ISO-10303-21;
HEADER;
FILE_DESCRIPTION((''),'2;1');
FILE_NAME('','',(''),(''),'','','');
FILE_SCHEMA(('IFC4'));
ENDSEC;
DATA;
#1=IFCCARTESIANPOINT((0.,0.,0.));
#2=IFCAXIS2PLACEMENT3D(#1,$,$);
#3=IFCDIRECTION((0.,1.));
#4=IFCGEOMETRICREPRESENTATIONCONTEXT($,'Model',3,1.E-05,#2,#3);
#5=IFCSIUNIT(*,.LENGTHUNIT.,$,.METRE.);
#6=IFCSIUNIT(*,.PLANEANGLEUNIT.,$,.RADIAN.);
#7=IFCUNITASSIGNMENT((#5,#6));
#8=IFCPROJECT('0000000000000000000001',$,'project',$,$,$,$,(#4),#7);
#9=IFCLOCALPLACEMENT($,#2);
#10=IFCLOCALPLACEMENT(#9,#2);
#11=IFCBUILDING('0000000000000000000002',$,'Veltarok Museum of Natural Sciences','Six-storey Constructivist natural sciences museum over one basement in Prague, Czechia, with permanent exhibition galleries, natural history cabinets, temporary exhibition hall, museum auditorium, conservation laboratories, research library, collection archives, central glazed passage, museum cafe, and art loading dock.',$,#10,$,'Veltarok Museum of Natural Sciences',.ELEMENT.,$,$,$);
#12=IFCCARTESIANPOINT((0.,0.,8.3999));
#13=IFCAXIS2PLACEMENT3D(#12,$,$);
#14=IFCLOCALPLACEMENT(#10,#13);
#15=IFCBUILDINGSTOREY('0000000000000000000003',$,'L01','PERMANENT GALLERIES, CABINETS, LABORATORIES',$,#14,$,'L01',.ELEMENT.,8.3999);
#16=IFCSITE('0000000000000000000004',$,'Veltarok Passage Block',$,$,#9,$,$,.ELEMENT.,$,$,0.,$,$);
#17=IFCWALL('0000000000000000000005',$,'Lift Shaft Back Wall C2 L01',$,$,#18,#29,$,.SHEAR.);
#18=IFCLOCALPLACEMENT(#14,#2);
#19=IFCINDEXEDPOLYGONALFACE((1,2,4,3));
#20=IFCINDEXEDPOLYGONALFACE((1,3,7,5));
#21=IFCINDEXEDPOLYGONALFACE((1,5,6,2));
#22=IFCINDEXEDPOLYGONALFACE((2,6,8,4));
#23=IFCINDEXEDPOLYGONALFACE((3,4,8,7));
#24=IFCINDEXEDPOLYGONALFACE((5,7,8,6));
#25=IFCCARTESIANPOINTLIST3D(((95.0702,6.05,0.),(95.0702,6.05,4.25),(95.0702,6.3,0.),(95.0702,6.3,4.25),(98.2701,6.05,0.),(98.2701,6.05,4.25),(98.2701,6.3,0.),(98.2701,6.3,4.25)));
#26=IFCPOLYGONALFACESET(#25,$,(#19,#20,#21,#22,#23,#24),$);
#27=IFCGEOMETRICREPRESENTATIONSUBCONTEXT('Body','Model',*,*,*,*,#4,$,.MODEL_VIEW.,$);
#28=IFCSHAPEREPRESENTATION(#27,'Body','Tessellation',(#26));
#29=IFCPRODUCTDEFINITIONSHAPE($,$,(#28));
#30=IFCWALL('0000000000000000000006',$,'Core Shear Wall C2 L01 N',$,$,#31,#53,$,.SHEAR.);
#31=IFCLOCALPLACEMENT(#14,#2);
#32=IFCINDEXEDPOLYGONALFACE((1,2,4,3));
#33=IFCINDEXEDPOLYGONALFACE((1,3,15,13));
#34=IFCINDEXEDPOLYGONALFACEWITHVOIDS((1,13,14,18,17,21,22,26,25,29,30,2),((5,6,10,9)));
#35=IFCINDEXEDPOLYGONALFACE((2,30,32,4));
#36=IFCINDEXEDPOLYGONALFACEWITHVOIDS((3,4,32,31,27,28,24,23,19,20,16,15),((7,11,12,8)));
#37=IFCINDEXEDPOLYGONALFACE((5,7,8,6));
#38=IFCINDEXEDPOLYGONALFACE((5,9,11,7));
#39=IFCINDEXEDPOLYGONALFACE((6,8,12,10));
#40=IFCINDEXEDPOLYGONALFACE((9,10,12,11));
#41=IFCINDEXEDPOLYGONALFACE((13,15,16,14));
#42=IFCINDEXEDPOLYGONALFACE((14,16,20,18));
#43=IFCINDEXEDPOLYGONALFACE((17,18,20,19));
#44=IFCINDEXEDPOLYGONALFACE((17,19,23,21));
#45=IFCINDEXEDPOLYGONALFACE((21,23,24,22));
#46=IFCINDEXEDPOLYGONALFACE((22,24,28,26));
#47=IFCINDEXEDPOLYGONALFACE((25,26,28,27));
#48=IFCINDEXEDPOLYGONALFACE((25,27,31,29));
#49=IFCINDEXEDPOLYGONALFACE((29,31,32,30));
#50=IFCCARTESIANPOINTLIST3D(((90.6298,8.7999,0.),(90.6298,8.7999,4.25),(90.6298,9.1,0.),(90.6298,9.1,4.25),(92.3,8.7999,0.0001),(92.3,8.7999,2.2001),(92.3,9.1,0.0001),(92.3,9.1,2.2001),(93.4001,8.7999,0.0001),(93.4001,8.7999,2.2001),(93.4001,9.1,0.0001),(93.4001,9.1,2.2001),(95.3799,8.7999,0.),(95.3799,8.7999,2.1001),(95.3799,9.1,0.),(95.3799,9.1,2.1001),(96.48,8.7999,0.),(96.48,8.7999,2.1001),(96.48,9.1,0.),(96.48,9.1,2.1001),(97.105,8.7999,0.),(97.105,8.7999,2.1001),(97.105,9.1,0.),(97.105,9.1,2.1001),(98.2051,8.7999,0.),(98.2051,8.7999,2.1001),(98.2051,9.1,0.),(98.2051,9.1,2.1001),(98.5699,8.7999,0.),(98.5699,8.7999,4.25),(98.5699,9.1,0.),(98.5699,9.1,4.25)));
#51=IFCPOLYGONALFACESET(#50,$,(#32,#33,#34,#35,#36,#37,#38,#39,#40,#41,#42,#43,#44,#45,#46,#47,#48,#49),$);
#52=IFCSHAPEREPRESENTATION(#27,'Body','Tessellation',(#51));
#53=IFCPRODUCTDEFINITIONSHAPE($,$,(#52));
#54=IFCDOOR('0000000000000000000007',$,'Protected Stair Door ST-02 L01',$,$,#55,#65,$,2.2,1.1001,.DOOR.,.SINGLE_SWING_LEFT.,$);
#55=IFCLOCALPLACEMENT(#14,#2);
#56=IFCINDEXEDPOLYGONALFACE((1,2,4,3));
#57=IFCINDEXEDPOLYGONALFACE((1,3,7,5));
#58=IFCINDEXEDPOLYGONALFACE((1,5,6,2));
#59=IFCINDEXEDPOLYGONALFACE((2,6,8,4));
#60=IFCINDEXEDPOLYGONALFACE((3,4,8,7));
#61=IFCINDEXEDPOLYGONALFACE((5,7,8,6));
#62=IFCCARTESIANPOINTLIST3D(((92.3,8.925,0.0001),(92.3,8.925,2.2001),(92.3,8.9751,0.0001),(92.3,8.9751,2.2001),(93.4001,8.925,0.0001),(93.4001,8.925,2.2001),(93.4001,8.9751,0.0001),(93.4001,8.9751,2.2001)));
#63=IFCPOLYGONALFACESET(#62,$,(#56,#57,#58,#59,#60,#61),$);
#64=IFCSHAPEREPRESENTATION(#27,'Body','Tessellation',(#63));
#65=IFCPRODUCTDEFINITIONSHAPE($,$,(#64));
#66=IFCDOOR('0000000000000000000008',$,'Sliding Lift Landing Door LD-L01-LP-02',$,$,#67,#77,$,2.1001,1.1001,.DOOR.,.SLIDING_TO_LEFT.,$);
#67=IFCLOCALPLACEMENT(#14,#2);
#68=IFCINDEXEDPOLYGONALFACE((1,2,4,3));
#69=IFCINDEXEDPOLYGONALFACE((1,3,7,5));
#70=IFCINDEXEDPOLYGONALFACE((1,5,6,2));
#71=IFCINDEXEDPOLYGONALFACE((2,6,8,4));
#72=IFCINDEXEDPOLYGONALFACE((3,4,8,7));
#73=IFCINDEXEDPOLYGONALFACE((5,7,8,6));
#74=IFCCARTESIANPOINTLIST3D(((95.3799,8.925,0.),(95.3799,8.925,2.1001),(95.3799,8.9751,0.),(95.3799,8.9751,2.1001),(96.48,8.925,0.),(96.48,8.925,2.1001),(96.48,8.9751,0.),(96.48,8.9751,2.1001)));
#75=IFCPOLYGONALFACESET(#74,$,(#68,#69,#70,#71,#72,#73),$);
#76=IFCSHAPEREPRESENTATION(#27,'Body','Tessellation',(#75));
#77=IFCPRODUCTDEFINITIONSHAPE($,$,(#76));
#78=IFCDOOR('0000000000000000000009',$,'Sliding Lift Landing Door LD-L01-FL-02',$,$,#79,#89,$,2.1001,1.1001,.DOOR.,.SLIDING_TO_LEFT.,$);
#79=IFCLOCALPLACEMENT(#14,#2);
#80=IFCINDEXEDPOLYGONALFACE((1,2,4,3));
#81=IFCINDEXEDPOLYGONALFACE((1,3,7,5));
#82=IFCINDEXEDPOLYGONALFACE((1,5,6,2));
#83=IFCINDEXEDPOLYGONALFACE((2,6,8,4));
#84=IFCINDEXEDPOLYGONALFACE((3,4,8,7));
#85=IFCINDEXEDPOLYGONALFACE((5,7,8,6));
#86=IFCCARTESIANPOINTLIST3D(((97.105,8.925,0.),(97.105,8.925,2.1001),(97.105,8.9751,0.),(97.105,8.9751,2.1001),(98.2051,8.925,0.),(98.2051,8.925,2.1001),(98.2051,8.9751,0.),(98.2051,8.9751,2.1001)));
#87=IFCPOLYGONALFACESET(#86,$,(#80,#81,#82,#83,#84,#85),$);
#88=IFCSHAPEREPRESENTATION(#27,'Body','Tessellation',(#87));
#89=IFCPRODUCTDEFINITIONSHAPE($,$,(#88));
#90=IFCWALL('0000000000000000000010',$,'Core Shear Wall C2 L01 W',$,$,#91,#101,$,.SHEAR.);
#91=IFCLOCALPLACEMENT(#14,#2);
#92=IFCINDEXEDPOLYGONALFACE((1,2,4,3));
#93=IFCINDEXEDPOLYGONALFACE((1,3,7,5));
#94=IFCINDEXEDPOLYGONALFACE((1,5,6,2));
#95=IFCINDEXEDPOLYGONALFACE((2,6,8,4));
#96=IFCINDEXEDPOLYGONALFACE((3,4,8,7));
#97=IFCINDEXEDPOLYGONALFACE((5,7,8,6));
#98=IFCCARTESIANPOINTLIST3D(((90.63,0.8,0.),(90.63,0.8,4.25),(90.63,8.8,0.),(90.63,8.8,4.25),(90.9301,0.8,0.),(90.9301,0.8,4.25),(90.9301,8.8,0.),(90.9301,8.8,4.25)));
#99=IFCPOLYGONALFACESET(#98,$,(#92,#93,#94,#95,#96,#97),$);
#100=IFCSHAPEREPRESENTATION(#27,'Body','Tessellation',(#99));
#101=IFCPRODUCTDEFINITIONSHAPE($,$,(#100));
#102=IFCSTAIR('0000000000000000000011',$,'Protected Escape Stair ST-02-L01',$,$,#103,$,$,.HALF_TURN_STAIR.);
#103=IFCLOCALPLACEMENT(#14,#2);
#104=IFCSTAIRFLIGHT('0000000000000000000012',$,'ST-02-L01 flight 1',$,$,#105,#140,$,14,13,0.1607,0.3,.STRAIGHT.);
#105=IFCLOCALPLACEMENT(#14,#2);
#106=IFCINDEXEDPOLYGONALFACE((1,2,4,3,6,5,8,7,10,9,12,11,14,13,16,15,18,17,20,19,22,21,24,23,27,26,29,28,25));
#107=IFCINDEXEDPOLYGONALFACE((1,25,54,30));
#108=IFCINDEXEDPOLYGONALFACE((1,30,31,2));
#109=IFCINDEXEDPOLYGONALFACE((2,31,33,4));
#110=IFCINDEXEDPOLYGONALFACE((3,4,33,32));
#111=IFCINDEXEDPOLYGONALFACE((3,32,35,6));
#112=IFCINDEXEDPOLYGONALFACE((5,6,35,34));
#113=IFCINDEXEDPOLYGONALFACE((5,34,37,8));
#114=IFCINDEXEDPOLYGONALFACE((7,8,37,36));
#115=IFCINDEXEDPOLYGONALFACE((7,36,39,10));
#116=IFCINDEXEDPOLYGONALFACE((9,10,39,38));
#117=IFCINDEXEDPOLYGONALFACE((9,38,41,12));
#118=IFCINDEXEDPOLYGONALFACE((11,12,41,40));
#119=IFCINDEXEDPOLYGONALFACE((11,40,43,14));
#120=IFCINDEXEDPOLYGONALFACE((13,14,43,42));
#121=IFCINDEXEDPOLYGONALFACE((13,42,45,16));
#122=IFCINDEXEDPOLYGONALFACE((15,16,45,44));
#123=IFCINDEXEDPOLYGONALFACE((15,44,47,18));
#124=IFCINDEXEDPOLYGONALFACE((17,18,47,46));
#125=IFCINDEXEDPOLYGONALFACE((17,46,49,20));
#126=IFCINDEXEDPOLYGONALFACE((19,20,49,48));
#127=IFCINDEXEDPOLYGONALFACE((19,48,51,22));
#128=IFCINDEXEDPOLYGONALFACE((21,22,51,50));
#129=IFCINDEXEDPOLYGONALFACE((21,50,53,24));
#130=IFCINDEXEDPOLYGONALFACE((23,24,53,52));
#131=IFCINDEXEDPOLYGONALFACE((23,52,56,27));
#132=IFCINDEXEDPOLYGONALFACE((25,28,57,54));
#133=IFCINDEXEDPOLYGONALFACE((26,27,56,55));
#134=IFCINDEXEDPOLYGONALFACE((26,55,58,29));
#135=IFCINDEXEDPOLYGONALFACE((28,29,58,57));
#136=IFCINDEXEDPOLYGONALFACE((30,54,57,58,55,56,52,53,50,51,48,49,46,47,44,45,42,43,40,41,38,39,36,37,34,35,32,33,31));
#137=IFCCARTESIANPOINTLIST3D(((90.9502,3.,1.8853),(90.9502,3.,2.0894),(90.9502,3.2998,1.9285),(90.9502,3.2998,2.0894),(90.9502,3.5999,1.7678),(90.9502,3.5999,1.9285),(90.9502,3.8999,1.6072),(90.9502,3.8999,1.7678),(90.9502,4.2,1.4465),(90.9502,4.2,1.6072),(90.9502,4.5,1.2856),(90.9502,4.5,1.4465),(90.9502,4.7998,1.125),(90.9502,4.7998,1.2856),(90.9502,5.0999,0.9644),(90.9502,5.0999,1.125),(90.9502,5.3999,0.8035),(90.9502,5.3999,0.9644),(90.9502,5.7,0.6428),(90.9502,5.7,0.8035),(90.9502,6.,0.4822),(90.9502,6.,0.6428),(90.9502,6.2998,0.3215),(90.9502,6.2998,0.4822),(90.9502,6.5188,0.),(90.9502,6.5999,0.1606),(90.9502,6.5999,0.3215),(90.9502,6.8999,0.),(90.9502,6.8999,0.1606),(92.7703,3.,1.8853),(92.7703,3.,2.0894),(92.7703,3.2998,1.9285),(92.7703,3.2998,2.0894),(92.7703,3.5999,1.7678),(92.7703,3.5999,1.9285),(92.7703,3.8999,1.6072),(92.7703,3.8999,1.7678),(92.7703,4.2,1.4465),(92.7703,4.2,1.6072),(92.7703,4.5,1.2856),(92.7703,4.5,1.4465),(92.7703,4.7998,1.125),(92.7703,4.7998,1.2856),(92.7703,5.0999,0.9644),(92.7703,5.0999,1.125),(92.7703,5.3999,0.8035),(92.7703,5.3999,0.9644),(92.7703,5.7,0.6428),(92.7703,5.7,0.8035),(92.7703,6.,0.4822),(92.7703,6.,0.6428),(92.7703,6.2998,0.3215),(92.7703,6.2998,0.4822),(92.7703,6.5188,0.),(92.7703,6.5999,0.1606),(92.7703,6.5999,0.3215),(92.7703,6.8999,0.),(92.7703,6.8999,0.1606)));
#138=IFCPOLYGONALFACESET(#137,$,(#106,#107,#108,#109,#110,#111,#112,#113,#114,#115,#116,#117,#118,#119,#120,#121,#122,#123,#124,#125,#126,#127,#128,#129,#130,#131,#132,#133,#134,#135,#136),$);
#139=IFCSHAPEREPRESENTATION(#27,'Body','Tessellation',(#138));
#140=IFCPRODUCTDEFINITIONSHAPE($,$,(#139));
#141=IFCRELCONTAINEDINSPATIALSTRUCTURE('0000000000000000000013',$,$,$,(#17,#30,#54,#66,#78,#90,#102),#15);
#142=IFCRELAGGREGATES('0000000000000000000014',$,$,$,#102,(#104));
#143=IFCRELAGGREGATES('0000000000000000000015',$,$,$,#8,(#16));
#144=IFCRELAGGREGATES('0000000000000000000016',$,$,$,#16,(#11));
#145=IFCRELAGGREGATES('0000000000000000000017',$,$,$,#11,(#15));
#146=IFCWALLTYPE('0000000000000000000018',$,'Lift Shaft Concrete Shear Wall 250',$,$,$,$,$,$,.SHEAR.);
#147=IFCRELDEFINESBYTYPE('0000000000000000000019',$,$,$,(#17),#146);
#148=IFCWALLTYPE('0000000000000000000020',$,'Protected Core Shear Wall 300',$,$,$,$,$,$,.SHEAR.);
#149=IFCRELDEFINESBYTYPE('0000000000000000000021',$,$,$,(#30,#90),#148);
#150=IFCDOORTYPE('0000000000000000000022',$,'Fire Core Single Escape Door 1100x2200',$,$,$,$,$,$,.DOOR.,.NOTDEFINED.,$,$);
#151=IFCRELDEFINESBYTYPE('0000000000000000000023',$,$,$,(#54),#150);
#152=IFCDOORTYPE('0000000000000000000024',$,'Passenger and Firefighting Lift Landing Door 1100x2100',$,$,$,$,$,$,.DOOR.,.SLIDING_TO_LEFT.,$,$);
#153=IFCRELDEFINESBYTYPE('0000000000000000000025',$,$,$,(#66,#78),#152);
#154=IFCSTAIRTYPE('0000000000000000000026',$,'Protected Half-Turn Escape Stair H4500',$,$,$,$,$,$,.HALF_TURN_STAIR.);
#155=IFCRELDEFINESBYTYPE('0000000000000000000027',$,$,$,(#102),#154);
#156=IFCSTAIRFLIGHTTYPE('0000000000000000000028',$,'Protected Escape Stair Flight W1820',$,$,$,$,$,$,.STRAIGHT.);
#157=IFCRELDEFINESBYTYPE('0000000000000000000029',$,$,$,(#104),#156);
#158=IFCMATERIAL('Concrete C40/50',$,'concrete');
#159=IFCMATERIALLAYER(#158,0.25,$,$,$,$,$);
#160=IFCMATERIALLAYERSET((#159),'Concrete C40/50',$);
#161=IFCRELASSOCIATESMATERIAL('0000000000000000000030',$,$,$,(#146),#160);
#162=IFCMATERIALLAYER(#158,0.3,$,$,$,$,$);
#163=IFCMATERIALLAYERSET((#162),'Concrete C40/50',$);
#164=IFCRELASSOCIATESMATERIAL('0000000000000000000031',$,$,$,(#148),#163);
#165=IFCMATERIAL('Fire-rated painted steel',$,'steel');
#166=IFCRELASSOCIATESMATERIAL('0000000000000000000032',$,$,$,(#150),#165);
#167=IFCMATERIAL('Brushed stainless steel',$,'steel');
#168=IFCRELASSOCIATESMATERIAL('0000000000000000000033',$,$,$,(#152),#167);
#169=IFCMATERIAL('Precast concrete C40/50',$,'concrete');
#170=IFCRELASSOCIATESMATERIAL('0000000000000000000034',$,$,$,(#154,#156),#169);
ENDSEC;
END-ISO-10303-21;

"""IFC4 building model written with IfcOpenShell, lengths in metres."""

from ifc_helpers import new_model, si_unit, direction, frame, frame_2d, origin, place, context, subcontext, project, spatial, polyline, rectangle, outline, extrude, material, layer, layer_set, type_object, element, fill, aggregate, save


model = new_model("IFC4")

# Units and contexts
model_context = context("Model", 3, precision=1e-05, world=origin(), true_north=direction((0.0, 1.0)))
body_context = subcontext(model_context, "Body", "Model", "MODEL_VIEW")
ifc_project = project(units=[si_unit("LENGTHUNIT", "METRE"), si_unit("PLANEANGLEUNIT", "RADIAN")], contexts=[model_context])

# Site, building, storey
site_placement = place(None, origin())
site = spatial("IfcSite", under=ifc_project, at=site_placement, Name="Veltarok Passage Block", CompositionType="ELEMENT", RefElevation=0.0)
building_placement = place(site_placement, origin())
building = spatial("IfcBuilding", under=site, at=building_placement, Name="Veltarok Museum of Natural Sciences", Description="Six-storey Constructivist natural sciences museum over one basement in Prague, Czechia, with permanent exhibition galleries, natural history cabinets, temporary exhibition hall, museum auditorium, conservation laboratories, research library, collection archives, central glazed passage, museum cafe, and art loading dock.", LongName="Veltarok Museum of Natural Sciences", CompositionType="ELEMENT")
storey_placement = place(building_placement, frame((0.0, 0.0, 8.3999)))
storey = spatial("IfcBuildingStorey", under=building, at=storey_placement, Name="L01", Description="PERMANENT GALLERIES, CABINETS, LABORATORIES", LongName="L01", CompositionType="ELEMENT", Elevation=8.3999)

# Shared definitions
ifc_material_1 = material(Name="Concrete C40/50", Category="concrete")

# Wall
ifc_layer_1 = layer(ifc_material_1, 0.25)
ifc_layer_set_1 = layer_set([ifc_layer_1], Name="Concrete C40/50")
wall_type_1 = type_object("IfcWallType", Name="Lift Shaft Concrete Shear Wall 250", PredefinedType="SHEAR", material=ifc_layer_set_1)
wall_1_placement = place(storey_placement, frame((95.0701, 6.175, 0.0), z_axis=(0.0, 0.0, 1.0), x_axis=(1.0, 0.0, 0.0)))
element("IfcWall", 1, at=wall_1_placement, inside=storey, type_object=wall_type_1, Name="Lift Shaft Back Wall C2 L01", PredefinedType="SHEAR", context=body_context, shape_type="SweptSolid", body=[
    extrude(rectangle(XDim=3.2, YDim=0.25, at=frame_2d((1.6001, 0.0))), origin(), (0.0, 0.0, 1.0), 4.25),
])

# Wall, openings, doors
ifc_layer_2 = layer(ifc_material_1, 0.3)
ifc_layer_set_2 = layer_set([ifc_layer_2], Name="Concrete C40/50")
wall_type_2 = type_object("IfcWallType", Name="Protected Core Shear Wall 300", PredefinedType="SHEAR", material=ifc_layer_set_2)
wall_2_placement = place(storey_placement, frame((98.5701, 8.95, 0.0), z_axis=(0.0, 0.0, 1.0), x_axis=(-1.0, 0.0, 0.0)))
wall_2 = element("IfcWall", 2, at=wall_2_placement, inside=storey, type_object=wall_type_2, Name="Core Shear Wall C2 L01 N", PredefinedType="SHEAR", context=body_context, shape_type="SweptSolid", body=[
    extrude(rectangle(XDim=7.9402, YDim=0.3, at=frame_2d((3.9702, 0.0))), origin(), (0.0, 0.0, 1.0), 4.25),
])
opening_1_placement = place(wall_2_placement, frame((5.1699, 0.0, 0.0)))
opening_1 = element("IfcOpeningElement", 3, at=opening_1_placement, cuts=wall_2, PredefinedType="OPENING", context=body_context, shape_type="SweptSolid", body=[
    extrude(rectangle(XDim=1.1001, YDim=2.2, at=frame_2d((0.55, 1.1001))), frame((0.0, 0.1602, 0.0), z_axis=(0.0, -1.0, 0.0), x_axis=(1.0, 0.0, 0.0)), (0.0, 0.0, 1.0), 0.3201),
])
opening_2_placement = place(wall_2_placement, frame((2.0901, 0.0, 0.0)))
opening_2 = element("IfcOpeningElement", 4, at=opening_2_placement, cuts=wall_2, PredefinedType="OPENING", context=body_context, shape_type="SweptSolid", body=[
    extrude(rectangle(XDim=1.1001, YDim=2.1001, at=frame_2d((0.55, 1.05))), frame((0.0, 0.1602, 0.0), z_axis=(0.0, -1.0, 0.0), x_axis=(1.0, 0.0, 0.0)), (0.0, 0.0, 1.0), 0.3201),
])
opening_3_placement = place(wall_2_placement, frame((0.365, 0.0, 0.0)))
opening_3 = element("IfcOpeningElement", 5, at=opening_3_placement, cuts=wall_2, PredefinedType="OPENING", context=body_context, shape_type="SweptSolid", body=[
    extrude(rectangle(XDim=1.1001, YDim=2.1001, at=frame_2d((0.55, 1.05))), frame((0.0, 0.1602, 0.0), z_axis=(0.0, -1.0, 0.0), x_axis=(1.0, 0.0, 0.0)), (0.0, 0.0, 1.0), 0.3201),
])
ifc_material_2 = material(Name="Fire-rated painted steel", Category="steel")
door_type_1 = type_object("IfcDoorType", Name="Fire Core Single Escape Door 1100x2200", OperationType="NOTDEFINED", PredefinedType="DOOR", material=ifc_material_2)
door_1_placement = place(opening_1_placement, origin())
door_1 = element("IfcDoor", 6, at=door_1_placement, inside=storey, type_object=door_type_1, Name="Protected Stair Door ST-02 L01", OperationType="SINGLE_SWING_LEFT", OverallHeight=2.2, OverallWidth=1.1001, PredefinedType="DOOR", context=body_context, shape_type="SweptSolid", body=[
    extrude(rectangle(XDim=1.1001, YDim=2.2, at=frame_2d((0.55, 1.1001))), frame((0.0, 0.0249, 0.0), z_axis=(0.0, -1.0, 0.0), x_axis=(1.0, 0.0, 0.0)), (0.0, 0.0, 1.0), 0.05),
])
fill(opening_1, door_1)
ifc_material_3 = material(Name="Brushed stainless steel", Category="steel")
door_type_2 = type_object("IfcDoorType", Name="Passenger and Firefighting Lift Landing Door 1100x2100", OperationType="SLIDING_TO_LEFT", PredefinedType="DOOR", material=ifc_material_3)
door_2_placement = place(opening_2_placement, origin())
door_2 = element("IfcDoor", 7, at=door_2_placement, inside=storey, type_object=door_type_2, Name="Sliding Lift Landing Door LD-L01-LP-02", OperationType="SLIDING_TO_LEFT", OverallHeight=2.1001, OverallWidth=1.1001, PredefinedType="DOOR", context=body_context, shape_type="SweptSolid", body=[
    extrude(rectangle(XDim=1.1001, YDim=2.1001, at=frame_2d((0.55, 1.05))), frame((0.0, 0.0249, 0.0), z_axis=(0.0, -1.0, 0.0), x_axis=(1.0, 0.0, 0.0)), (0.0, 0.0, 1.0), 0.05),
])
fill(opening_2, door_2)
door_3_placement = place(opening_3_placement, origin())
door_3 = element("IfcDoor", 8, at=door_3_placement, inside=storey, type_object=door_type_2, Name="Sliding Lift Landing Door LD-L01-FL-02", OperationType="SLIDING_TO_LEFT", OverallHeight=2.1001, OverallWidth=1.1001, PredefinedType="DOOR", context=body_context, shape_type="SweptSolid", body=[
    extrude(rectangle(XDim=1.1001, YDim=2.1001, at=frame_2d((0.55, 1.05))), frame((0.0, 0.0249, 0.0), z_axis=(0.0, -1.0, 0.0), x_axis=(1.0, 0.0, 0.0)), (0.0, 0.0, 1.0), 0.05),
])
fill(opening_3, door_3)

# Wall
wall_3_placement = place(storey_placement, frame((90.78, 8.8, 0.0), z_axis=(0.0, 0.0, 1.0), x_axis=(0.0, -1.0, 0.0)))
element("IfcWall", 9, at=wall_3_placement, inside=storey, type_object=wall_type_2, Name="Core Shear Wall C2 L01 W", PredefinedType="SHEAR", context=body_context, shape_type="SweptSolid", body=[
    extrude(rectangle(XDim=8.0, YDim=0.3, at=frame_2d((4.0, 0.0))), origin(), (0.0, 0.0, 1.0), 4.25),
])

# Stair, stair flight
ifc_material_4 = material(Name="Precast concrete C40/50", Category="concrete")
stair_type = type_object("IfcStairType", Name="Protected Half-Turn Escape Stair H4500", PredefinedType="HALF_TURN_STAIR", material=ifc_material_4)
stair_placement = place(storey_placement, origin())
stair = element("IfcStair", 10, at=stair_placement, inside=storey, type_object=stair_type, Name="Protected Escape Stair ST-02-L01", PredefinedType="HALF_TURN_STAIR")
stair_flight_type = type_object("IfcStairFlightType", Name="Protected Escape Stair Flight W1820", PredefinedType="STRAIGHT", material=ifc_material_4)
stair_flight_1_placement = place(storey_placement, frame((91.8601, 6.8999, 0.0), z_axis=(0.0, 0.0, 1.0), x_axis=(0.0, -1.0, 0.0)))
stair_flight_1 = element("IfcStairFlight", 11, at=stair_flight_1_placement, type_object=stair_flight_type, Name="ST-02-L01 flight 1", NumberOfRisers=14, NumberOfTreads=13, PredefinedType="STRAIGHT", RiserHeight=0.1607, TreadLength=0.3, context=body_context, shape_type="SweptSolid", body=[
    extrude(outline(polyline([(0.0, 0.0), (0.0, 0.1606), (0.3, 0.1606), (0.3, 0.3215), (0.6001, 0.3215), (0.6001, 0.4822), (0.8999, 0.4822), (0.8999, 0.6428), (1.2, 0.6428), (1.2, 0.8035), (1.5, 0.8035), (1.5, 0.9644), (1.8, 0.9644), (1.8, 1.125), (2.1001, 1.125), (2.1001, 1.2856), (2.3999, 1.2856), (2.3999, 1.4465), (2.7, 1.4465), (2.7, 1.6072), (3.0, 1.6072), (3.0, 1.7678), (3.3, 1.7678), (3.3, 1.9285), (3.6001, 1.9285), (3.6001, 2.0894), (3.8999, 2.0894), (3.8999, 2.25), (3.8999, 1.8853), (0.3811, 0.0), (0.0, 0.0)])), frame((0.0, 0.9102, 0.0), z_axis=(0.0, -1.0, 0.0), x_axis=(1.0, 0.0, 0.0)), (0.0, 0.0, 1.0), 1.8201),
])
aggregate(stair, [stair_flight_1])

save(model, "model.ifc")
